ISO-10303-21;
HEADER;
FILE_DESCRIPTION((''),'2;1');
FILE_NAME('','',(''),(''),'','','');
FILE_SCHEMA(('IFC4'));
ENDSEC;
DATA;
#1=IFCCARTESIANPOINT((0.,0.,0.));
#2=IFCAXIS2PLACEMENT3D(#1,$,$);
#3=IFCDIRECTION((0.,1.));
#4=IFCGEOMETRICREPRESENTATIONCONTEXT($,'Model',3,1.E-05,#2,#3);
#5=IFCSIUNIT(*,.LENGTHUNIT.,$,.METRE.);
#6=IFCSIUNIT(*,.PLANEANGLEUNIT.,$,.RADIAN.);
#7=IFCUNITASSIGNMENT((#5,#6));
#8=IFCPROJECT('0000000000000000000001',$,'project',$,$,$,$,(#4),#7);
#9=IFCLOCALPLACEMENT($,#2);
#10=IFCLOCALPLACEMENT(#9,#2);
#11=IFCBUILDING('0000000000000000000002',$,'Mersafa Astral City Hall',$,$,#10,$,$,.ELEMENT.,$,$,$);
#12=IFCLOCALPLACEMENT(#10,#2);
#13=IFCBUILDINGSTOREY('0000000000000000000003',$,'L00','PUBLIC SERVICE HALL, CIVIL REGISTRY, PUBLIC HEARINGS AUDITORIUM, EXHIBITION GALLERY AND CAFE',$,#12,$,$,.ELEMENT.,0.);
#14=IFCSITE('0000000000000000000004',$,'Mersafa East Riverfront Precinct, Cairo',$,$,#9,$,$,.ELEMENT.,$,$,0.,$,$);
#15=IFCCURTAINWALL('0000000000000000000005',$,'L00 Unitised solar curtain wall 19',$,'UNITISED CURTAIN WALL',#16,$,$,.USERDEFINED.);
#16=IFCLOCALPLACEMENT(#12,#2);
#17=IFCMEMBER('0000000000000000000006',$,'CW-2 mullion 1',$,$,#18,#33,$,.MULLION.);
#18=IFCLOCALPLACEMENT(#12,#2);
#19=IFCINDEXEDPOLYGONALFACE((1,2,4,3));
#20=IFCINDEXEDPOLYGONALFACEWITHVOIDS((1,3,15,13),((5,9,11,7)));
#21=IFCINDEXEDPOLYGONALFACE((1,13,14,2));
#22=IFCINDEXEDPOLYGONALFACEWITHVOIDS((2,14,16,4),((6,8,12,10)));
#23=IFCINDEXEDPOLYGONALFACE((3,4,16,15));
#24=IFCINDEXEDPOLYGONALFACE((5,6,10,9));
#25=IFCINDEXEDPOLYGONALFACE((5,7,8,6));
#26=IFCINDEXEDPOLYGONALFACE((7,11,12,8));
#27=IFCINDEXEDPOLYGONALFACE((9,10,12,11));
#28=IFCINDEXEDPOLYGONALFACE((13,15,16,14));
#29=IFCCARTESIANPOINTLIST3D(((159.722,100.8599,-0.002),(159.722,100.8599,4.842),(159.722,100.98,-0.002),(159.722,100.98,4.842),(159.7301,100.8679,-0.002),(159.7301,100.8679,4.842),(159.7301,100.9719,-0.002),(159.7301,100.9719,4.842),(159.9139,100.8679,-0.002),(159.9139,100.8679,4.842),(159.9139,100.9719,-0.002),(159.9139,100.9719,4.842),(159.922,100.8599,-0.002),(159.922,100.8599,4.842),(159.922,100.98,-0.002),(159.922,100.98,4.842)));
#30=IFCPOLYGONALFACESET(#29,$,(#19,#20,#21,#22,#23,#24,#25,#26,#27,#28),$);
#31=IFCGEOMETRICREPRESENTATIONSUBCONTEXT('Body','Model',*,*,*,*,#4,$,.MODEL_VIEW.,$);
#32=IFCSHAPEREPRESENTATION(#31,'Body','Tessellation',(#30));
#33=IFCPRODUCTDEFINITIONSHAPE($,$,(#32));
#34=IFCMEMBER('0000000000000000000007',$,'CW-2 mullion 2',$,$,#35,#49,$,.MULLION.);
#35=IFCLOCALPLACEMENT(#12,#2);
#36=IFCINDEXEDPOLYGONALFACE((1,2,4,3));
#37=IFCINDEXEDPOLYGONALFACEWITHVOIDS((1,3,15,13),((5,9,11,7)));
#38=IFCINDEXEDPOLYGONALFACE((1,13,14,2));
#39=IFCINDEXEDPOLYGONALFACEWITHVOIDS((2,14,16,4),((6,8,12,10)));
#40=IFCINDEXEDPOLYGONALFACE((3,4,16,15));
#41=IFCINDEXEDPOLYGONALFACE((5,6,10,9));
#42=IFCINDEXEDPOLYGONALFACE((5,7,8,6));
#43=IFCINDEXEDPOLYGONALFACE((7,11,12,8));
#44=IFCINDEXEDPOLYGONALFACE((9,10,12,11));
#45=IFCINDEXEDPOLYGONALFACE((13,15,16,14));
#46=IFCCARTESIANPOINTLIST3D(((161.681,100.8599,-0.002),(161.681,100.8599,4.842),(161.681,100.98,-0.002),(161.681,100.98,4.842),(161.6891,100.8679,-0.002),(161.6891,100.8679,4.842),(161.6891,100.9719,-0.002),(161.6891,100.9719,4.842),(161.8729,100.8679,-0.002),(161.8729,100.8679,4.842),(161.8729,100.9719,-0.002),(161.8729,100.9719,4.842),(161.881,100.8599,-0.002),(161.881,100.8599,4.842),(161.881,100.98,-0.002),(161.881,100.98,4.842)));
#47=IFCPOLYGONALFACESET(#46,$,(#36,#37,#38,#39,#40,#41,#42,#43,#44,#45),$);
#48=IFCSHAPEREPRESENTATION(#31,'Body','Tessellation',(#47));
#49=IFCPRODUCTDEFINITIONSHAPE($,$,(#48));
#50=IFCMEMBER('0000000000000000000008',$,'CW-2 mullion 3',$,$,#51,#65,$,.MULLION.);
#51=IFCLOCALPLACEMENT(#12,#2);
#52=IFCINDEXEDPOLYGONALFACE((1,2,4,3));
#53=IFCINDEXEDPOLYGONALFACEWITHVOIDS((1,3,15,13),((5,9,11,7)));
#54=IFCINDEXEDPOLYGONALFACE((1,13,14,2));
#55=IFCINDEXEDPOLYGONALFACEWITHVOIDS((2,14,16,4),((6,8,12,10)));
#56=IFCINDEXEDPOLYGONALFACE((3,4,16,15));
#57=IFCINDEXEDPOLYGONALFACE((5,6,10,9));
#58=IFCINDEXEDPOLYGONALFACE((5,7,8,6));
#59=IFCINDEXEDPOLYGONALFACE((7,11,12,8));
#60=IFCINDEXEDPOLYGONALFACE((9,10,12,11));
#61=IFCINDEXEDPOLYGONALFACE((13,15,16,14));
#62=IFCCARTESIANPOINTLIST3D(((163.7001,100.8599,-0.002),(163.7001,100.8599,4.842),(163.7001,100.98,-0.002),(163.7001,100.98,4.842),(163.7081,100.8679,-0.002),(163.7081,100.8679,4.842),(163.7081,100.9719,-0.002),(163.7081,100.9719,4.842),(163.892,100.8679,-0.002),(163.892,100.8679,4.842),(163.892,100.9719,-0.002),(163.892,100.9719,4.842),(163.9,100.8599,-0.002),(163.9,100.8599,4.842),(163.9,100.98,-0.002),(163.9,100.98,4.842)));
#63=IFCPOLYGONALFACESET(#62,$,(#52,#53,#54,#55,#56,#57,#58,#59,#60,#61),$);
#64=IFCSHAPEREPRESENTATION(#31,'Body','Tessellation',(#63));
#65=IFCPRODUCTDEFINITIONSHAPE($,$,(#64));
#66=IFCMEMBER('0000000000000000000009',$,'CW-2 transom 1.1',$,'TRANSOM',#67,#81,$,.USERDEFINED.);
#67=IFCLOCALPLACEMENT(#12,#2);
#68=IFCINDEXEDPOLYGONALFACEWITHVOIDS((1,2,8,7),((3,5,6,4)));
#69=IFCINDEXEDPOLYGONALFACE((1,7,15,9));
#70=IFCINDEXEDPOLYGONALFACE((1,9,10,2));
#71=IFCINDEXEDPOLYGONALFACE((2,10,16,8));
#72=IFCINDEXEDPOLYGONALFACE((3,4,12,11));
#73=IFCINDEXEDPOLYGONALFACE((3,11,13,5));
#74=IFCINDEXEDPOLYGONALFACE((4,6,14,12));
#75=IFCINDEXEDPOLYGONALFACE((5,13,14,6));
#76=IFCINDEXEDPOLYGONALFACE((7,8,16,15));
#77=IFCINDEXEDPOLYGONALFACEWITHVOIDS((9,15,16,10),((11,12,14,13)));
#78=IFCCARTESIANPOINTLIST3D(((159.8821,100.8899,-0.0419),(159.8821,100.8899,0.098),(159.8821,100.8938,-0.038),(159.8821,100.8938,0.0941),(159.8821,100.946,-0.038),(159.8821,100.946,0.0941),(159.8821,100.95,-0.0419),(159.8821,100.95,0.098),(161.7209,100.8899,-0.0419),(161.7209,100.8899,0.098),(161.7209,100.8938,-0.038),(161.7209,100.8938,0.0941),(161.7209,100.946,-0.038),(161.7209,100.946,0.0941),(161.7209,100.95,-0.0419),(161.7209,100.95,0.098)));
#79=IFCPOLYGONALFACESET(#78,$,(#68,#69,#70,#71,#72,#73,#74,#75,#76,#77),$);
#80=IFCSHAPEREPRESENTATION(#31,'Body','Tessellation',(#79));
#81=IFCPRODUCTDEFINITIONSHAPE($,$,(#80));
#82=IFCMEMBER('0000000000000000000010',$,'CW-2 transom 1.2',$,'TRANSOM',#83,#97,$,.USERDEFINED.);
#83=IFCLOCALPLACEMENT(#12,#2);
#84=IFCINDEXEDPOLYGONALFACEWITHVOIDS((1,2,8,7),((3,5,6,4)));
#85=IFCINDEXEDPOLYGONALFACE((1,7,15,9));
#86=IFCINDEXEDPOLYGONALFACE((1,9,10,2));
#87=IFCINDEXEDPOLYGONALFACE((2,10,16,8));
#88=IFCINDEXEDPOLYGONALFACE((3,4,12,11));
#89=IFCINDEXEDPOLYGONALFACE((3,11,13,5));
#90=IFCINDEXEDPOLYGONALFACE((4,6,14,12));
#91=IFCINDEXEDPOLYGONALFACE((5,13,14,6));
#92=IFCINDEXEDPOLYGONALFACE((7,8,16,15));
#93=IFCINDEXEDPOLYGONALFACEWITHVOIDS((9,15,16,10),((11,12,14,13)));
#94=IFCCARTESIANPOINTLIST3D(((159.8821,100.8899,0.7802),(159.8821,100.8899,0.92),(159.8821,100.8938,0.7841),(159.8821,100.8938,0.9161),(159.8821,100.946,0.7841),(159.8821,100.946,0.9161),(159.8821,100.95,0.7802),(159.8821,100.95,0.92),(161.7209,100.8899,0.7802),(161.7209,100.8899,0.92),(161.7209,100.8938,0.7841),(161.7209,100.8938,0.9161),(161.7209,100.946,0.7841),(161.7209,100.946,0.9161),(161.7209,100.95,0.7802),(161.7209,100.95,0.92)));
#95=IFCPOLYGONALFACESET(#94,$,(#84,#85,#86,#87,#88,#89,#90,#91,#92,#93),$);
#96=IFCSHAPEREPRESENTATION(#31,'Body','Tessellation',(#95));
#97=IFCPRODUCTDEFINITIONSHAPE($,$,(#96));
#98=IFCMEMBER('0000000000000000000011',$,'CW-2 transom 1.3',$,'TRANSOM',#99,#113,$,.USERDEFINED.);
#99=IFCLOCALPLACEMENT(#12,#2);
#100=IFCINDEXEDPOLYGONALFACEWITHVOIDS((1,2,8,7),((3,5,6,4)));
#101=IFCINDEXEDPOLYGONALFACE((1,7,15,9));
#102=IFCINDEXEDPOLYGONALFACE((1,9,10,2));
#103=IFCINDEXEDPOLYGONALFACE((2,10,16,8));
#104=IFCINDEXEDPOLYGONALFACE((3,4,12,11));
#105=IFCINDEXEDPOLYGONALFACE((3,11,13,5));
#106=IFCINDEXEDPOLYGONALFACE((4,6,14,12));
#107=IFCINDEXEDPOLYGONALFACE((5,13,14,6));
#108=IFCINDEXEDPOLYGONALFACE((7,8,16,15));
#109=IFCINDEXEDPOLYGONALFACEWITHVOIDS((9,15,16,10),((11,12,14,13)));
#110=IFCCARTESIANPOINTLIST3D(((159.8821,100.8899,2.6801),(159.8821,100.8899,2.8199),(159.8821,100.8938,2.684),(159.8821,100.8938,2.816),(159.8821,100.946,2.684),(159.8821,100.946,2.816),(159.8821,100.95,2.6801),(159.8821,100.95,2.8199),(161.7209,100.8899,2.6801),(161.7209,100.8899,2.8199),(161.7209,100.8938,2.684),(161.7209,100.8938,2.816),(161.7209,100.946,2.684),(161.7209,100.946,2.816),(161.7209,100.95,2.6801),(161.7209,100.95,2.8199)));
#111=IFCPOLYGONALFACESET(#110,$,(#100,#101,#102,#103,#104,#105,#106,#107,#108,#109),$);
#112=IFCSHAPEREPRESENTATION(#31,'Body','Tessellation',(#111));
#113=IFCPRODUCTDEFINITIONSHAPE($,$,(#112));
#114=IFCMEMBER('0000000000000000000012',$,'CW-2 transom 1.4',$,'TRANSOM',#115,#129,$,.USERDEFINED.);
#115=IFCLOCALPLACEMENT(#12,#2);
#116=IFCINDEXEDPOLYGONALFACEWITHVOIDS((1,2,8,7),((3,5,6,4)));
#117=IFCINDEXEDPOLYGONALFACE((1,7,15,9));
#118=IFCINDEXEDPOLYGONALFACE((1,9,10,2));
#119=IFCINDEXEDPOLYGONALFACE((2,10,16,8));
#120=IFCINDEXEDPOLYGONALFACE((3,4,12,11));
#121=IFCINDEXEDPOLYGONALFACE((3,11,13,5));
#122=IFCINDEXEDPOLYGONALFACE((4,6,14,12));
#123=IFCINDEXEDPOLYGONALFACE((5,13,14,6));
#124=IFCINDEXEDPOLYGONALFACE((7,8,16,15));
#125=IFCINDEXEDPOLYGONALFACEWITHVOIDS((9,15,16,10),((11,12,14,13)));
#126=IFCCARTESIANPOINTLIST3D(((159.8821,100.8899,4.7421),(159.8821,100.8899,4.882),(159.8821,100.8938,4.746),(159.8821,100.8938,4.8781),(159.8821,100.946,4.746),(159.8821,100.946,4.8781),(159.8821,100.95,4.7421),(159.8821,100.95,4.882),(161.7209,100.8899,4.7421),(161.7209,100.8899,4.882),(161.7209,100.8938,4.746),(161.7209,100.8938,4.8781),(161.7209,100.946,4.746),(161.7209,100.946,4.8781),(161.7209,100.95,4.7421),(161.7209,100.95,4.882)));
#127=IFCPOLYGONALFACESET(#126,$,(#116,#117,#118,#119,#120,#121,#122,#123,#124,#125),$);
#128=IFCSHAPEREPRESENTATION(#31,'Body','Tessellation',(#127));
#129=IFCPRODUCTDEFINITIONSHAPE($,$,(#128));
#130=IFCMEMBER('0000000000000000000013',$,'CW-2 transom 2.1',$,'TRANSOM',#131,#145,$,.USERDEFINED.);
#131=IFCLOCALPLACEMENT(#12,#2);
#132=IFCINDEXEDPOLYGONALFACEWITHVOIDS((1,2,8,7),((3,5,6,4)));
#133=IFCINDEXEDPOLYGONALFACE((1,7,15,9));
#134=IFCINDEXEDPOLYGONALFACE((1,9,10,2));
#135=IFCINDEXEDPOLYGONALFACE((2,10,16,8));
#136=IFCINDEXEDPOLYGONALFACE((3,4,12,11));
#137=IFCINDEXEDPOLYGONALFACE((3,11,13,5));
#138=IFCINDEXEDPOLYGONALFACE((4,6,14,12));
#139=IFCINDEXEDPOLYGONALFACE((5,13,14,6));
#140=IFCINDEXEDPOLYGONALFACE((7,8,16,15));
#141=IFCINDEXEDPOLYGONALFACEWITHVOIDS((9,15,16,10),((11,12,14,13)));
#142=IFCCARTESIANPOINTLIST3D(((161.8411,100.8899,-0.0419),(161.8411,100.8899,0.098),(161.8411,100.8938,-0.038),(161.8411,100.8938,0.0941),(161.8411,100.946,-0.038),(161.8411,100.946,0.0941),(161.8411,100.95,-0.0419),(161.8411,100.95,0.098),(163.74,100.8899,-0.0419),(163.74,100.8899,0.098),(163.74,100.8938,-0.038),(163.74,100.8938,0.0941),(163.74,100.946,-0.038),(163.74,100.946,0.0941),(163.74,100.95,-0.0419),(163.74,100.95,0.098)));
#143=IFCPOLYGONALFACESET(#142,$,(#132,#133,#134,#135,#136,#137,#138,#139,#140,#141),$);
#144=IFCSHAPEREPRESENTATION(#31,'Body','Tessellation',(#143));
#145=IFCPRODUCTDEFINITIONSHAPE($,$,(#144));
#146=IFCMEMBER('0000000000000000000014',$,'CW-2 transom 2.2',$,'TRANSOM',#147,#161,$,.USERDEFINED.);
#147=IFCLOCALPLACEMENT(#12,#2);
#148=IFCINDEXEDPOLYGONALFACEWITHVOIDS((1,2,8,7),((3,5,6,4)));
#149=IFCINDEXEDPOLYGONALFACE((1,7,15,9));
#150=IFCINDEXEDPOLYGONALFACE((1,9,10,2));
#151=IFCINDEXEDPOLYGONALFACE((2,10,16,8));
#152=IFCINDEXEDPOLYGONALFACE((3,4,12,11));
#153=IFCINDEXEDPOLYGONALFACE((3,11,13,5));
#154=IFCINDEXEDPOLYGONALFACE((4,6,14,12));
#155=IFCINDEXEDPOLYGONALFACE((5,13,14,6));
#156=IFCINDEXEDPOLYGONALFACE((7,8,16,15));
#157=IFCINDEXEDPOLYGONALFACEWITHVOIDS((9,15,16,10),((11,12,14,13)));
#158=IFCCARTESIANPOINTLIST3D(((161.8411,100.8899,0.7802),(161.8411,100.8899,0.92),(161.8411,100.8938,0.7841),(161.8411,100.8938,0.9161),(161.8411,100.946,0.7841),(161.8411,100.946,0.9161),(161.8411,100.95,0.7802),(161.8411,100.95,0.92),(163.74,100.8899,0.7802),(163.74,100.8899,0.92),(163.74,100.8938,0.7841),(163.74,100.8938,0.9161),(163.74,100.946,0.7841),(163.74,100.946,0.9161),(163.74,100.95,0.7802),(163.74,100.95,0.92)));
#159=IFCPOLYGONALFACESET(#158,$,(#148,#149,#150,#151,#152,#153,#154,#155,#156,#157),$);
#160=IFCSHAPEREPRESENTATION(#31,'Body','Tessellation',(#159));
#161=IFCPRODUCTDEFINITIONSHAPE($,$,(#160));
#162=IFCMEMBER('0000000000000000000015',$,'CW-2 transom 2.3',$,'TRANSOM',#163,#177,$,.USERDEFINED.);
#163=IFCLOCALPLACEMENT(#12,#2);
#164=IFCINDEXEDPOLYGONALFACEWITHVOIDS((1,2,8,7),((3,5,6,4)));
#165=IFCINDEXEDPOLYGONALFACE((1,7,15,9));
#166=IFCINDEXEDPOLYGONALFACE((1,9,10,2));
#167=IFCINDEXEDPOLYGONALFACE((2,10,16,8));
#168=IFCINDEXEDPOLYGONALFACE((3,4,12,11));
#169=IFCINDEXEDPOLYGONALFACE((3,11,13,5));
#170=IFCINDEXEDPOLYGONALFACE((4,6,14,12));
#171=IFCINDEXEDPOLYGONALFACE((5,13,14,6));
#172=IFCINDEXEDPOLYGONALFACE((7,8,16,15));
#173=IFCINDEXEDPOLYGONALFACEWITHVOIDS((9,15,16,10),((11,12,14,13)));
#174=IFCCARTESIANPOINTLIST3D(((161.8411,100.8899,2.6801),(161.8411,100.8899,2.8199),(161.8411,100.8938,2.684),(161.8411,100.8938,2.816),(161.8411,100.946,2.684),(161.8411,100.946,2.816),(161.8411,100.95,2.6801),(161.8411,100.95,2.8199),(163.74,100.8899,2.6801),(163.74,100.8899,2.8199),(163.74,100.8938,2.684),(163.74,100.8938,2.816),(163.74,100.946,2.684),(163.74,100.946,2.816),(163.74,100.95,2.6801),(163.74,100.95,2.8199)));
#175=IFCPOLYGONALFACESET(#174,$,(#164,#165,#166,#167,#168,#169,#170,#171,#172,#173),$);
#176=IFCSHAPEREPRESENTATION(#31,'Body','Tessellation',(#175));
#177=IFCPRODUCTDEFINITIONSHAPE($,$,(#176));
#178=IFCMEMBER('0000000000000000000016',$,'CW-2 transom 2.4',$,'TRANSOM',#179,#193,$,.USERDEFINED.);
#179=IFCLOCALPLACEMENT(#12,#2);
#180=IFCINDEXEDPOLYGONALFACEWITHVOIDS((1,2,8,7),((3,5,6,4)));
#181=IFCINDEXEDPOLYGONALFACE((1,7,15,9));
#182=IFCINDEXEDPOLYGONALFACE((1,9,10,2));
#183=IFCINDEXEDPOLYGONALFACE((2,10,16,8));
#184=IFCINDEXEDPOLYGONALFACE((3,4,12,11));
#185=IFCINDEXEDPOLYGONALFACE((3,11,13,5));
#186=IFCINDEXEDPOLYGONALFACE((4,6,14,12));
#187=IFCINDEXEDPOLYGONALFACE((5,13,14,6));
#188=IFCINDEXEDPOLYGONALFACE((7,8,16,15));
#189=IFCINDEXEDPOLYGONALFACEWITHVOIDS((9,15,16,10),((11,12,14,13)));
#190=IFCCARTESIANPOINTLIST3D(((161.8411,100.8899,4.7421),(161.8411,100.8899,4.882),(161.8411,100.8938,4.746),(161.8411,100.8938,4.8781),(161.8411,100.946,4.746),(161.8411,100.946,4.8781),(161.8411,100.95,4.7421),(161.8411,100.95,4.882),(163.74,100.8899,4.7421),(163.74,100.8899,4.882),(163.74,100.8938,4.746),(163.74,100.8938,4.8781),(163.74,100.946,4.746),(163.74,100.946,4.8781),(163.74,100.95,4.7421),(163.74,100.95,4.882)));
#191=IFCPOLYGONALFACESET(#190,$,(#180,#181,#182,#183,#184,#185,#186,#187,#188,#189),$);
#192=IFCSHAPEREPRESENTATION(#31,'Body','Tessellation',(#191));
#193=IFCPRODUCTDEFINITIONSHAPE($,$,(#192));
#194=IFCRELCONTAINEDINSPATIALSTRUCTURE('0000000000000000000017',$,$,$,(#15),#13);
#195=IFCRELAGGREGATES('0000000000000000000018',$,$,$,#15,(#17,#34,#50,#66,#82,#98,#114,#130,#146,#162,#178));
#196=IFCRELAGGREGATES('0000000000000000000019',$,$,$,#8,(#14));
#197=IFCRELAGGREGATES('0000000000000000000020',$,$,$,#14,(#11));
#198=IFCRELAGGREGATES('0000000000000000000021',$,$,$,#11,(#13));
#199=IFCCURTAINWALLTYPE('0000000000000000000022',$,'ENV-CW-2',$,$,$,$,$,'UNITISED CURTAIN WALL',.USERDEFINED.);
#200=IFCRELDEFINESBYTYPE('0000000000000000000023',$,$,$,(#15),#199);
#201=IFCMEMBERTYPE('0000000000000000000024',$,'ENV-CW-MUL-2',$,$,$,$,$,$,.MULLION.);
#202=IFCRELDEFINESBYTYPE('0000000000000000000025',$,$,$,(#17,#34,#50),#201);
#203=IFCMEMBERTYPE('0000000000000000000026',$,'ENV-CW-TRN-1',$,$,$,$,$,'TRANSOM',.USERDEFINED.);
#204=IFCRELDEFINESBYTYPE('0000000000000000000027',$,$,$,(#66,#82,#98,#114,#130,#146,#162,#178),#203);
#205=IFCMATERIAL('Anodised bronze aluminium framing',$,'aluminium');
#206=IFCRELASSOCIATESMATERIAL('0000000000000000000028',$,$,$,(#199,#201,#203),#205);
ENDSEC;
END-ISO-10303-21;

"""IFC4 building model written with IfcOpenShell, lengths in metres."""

from ifc_helpers import new_model, si_unit, direction, frame, origin, origin_2d, place, context, subcontext, project, spatial, hollow_rectangle, extrude, material, material_profile, profile_set, type_object, element, aggregate, save


model = new_model("IFC4")

# Units and contexts
model_context = context("Model", 3, precision=1e-05, world=origin(), true_north=direction((0.0, 1.0)))
body_context = subcontext(model_context, "Body", "Model", "MODEL_VIEW")
ifc_project = project(units=[si_unit("LENGTHUNIT", "METRE"), si_unit("PLANEANGLEUNIT", "RADIAN")], contexts=[model_context])

# Site, building, storey
site_placement = place(None, origin())
site = spatial("IfcSite", under=ifc_project, at=site_placement, Name="Mersafa East Riverfront Precinct, Cairo", CompositionType="ELEMENT", RefElevation=0.0)
building_placement = place(site_placement, origin())
building = spatial("IfcBuilding", under=site, at=building_placement, Name="Mersafa Astral City Hall", CompositionType="ELEMENT")
storey_placement = place(building_placement, origin())
storey = spatial("IfcBuildingStorey", under=building, at=storey_placement, Name="L00", Description="PUBLIC SERVICE HALL, CIVIL REGISTRY, PUBLIC HEARINGS AUDITORIUM, EXHIBITION GALLERY AND CAFE", CompositionType="ELEMENT", Elevation=0.0)

# Curtain wall, members
ifc_material_1 = material(Name="Anodised bronze aluminium framing", Category="aluminium")
curtain_wall_type = type_object("IfcCurtainWallType", Name="ENV-CW-2", ElementType="UNITISED CURTAIN WALL", PredefinedType="USERDEFINED", material=ifc_material_1)
curtain_wall_placement = place(storey_placement, origin())
curtain_wall = element("IfcCurtainWall", 1, at=curtain_wall_placement, inside=storey, type_object=curtain_wall_type, Name="L00 Unitised solar curtain wall 19", ObjectType="UNITISED CURTAIN WALL", PredefinedType="USERDEFINED")
ifc_material_profile_1 = material_profile(ifc_material_1, hollow_rectangle(XDim=0.1201, YDim=0.2, WallThickness=0.0081, at=origin_2d()), Name="RHS 120x200x8")
ifc_profile_set_1 = profile_set([ifc_material_profile_1], Name="Anodised bronze aluminium framing")
member_type_1 = type_object("IfcMemberType", Name="ENV-CW-MUL-2", PredefinedType="MULLION", material=ifc_profile_set_1)
member_1_placement = place(storey_placement, frame((159.822, 100.9199, -0.002), z_axis=(0.0, 0.0, 1.0), x_axis=(0.0, 1.0, 0.0)))
member_1 = element("IfcMember", 2, at=member_1_placement, type_object=member_type_1, Name="CW-2 mullion 1", PredefinedType="MULLION", context=body_context, shape_type="SweptSolid", body=[
    extrude(hollow_rectangle(XDim=0.1201, YDim=0.2, WallThickness=0.0081, at=origin_2d()), origin(), (0.0, 0.0, 1.0), 4.844),
])
member_2_placement = place(storey_placement, frame((161.781, 100.9199, -0.002), z_axis=(0.0, 0.0, 1.0), x_axis=(0.0, 1.0, 0.0)))
member_2 = element("IfcMember", 3, at=member_2_placement, type_object=member_type_1, Name="CW-2 mullion 2", PredefinedType="MULLION", context=body_context, shape_type="SweptSolid", body=[
    extrude(hollow_rectangle(XDim=0.1201, YDim=0.2, WallThickness=0.0081, at=origin_2d()), origin(), (0.0, 0.0, 1.0), 4.844),
])
member_3_placement = place(storey_placement, frame((163.8, 100.9199, -0.002), z_axis=(0.0, 0.0, 1.0), x_axis=(0.0, 1.0, 0.0)))
member_3 = element("IfcMember", 4, at=member_3_placement, type_object=member_type_1, Name="CW-2 mullion 3", PredefinedType="MULLION", context=body_context, shape_type="SweptSolid", body=[
    extrude(hollow_rectangle(XDim=0.1201, YDim=0.2, WallThickness=0.0081, at=origin_2d()), origin(), (0.0, 0.0, 1.0), 4.844),
])
ifc_material_profile_2 = material_profile(ifc_material_1, hollow_rectangle(XDim=0.0601, YDim=0.1399, WallThickness=0.0039, at=origin_2d()), Name="RHS 60x140x4")
ifc_profile_set_2 = profile_set([ifc_material_profile_2], Name="Anodised bronze aluminium framing")
member_type_2 = type_object("IfcMemberType", Name="ENV-CW-TRN-1", ElementType="TRANSOM", PredefinedType="USERDEFINED", material=ifc_profile_set_2)
member_4_placement = place(storey_placement, frame((159.8821, 100.9199, 0.0281), z_axis=(1.0, 0.0, 0.0), x_axis=(0.0, 1.0, 0.0)))
member_4 = element("IfcMember", 5, at=member_4_placement, type_object=member_type_2, Name="CW-2 transom 1.1", ObjectType="TRANSOM", PredefinedType="USERDEFINED", context=body_context, shape_type="SweptSolid", body=[
    extrude(hollow_rectangle(XDim=0.0601, YDim=0.1399, WallThickness=0.0039, at=origin_2d()), origin(), (0.0, 0.0, 1.0), 1.8389),
])
member_5_placement = place(storey_placement, frame((159.8821, 100.9199, 0.8501), z_axis=(1.0, 0.0, 0.0), x_axis=(0.0, 1.0, 0.0)))
member_5 = element("IfcMember", 6, at=member_5_placement, type_object=member_type_2, Name="CW-2 transom 1.2", ObjectType="TRANSOM", PredefinedType="USERDEFINED", context=body_context, shape_type="SweptSolid", body=[
    extrude(hollow_rectangle(XDim=0.0601, YDim=0.1399, WallThickness=0.0039, at=origin_2d()), origin(), (0.0, 0.0, 1.0), 1.8389),
])
member_6_placement = place(storey_placement, frame((159.8821, 100.9199, 2.75), z_axis=(1.0, 0.0, 0.0), x_axis=(0.0, 1.0, 0.0)))
member_6 = element("IfcMember", 7, at=member_6_placement, type_object=member_type_2, Name="CW-2 transom 1.3", ObjectType="TRANSOM", PredefinedType="USERDEFINED", context=body_context, shape_type="SweptSolid", body=[
    extrude(hollow_rectangle(XDim=0.0601, YDim=0.1399, WallThickness=0.0039, at=origin_2d()), origin(), (0.0, 0.0, 1.0), 1.8389),
])
member_7_placement = place(storey_placement, frame((159.8821, 100.9199, 4.812), z_axis=(1.0, 0.0, 0.0), x_axis=(0.0, 1.0, 0.0)))
member_7 = element("IfcMember", 8, at=member_7_placement, type_object=member_type_2, Name="CW-2 transom 1.4", ObjectType="TRANSOM", PredefinedType="USERDEFINED", context=body_context, shape_type="SweptSolid", body=[
    extrude(hollow_rectangle(XDim=0.0601, YDim=0.1399, WallThickness=0.0039, at=origin_2d()), origin(), (0.0, 0.0, 1.0), 1.8389),
])
member_8_placement = place(storey_placement, frame((161.8411, 100.9199, 0.0281), z_axis=(1.0, 0.0, 0.0), x_axis=(0.0, 1.0, 0.0)))
member_8 = element("IfcMember", 9, at=member_8_placement, type_object=member_type_2, Name="CW-2 transom 2.1", ObjectType="TRANSOM", PredefinedType="USERDEFINED", context=body_context, shape_type="SweptSolid", body=[
    extrude(hollow_rectangle(XDim=0.0601, YDim=0.1399, WallThickness=0.0039, at=origin_2d()), origin(), (0.0, 0.0, 1.0), 1.8989),
])
member_9_placement = place(storey_placement, frame((161.8411, 100.9199, 0.8501), z_axis=(1.0, 0.0, 0.0), x_axis=(0.0, 1.0, 0.0)))
member_9 = element("IfcMember", 10, at=member_9_placement, type_object=member_type_2, Name="CW-2 transom 2.2", ObjectType="TRANSOM", PredefinedType="USERDEFINED", context=body_context, shape_type="SweptSolid", body=[
    extrude(hollow_rectangle(XDim=0.0601, YDim=0.1399, WallThickness=0.0039, at=origin_2d()), origin(), (0.0, 0.0, 1.0), 1.8989),
])
member_10_placement = place(storey_placement, frame((161.8411, 100.9199, 2.75), z_axis=(1.0, 0.0, 0.0), x_axis=(0.0, 1.0, 0.0)))
member_10 = element("IfcMember", 11, at=member_10_placement, type_object=member_type_2, Name="CW-2 transom 2.3", ObjectType="TRANSOM", PredefinedType="USERDEFINED", context=body_context, shape_type="SweptSolid", body=[
    extrude(hollow_rectangle(XDim=0.0601, YDim=0.1399, WallThickness=0.0039, at=origin_2d()), origin(), (0.0, 0.0, 1.0), 1.8989),
])
member_11_placement = place(storey_placement, frame((161.8411, 100.9199, 4.812), z_axis=(1.0, 0.0, 0.0), x_axis=(0.0, 1.0, 0.0)))
member_11 = element("IfcMember", 12, at=member_11_placement, type_object=member_type_2, Name="CW-2 transom 2.4", ObjectType="TRANSOM", PredefinedType="USERDEFINED", context=body_context, shape_type="SweptSolid", body=[
    extrude(hollow_rectangle(XDim=0.0601, YDim=0.1399, WallThickness=0.0039, at=origin_2d()), origin(), (0.0, 0.0, 1.0), 1.8989),
])

aggregate(curtain_wall, [member_1, member_2, member_3, member_4, member_5, member_6, member_7, member_8, member_9, member_10, member_11])

save(model, "model.ifc")
